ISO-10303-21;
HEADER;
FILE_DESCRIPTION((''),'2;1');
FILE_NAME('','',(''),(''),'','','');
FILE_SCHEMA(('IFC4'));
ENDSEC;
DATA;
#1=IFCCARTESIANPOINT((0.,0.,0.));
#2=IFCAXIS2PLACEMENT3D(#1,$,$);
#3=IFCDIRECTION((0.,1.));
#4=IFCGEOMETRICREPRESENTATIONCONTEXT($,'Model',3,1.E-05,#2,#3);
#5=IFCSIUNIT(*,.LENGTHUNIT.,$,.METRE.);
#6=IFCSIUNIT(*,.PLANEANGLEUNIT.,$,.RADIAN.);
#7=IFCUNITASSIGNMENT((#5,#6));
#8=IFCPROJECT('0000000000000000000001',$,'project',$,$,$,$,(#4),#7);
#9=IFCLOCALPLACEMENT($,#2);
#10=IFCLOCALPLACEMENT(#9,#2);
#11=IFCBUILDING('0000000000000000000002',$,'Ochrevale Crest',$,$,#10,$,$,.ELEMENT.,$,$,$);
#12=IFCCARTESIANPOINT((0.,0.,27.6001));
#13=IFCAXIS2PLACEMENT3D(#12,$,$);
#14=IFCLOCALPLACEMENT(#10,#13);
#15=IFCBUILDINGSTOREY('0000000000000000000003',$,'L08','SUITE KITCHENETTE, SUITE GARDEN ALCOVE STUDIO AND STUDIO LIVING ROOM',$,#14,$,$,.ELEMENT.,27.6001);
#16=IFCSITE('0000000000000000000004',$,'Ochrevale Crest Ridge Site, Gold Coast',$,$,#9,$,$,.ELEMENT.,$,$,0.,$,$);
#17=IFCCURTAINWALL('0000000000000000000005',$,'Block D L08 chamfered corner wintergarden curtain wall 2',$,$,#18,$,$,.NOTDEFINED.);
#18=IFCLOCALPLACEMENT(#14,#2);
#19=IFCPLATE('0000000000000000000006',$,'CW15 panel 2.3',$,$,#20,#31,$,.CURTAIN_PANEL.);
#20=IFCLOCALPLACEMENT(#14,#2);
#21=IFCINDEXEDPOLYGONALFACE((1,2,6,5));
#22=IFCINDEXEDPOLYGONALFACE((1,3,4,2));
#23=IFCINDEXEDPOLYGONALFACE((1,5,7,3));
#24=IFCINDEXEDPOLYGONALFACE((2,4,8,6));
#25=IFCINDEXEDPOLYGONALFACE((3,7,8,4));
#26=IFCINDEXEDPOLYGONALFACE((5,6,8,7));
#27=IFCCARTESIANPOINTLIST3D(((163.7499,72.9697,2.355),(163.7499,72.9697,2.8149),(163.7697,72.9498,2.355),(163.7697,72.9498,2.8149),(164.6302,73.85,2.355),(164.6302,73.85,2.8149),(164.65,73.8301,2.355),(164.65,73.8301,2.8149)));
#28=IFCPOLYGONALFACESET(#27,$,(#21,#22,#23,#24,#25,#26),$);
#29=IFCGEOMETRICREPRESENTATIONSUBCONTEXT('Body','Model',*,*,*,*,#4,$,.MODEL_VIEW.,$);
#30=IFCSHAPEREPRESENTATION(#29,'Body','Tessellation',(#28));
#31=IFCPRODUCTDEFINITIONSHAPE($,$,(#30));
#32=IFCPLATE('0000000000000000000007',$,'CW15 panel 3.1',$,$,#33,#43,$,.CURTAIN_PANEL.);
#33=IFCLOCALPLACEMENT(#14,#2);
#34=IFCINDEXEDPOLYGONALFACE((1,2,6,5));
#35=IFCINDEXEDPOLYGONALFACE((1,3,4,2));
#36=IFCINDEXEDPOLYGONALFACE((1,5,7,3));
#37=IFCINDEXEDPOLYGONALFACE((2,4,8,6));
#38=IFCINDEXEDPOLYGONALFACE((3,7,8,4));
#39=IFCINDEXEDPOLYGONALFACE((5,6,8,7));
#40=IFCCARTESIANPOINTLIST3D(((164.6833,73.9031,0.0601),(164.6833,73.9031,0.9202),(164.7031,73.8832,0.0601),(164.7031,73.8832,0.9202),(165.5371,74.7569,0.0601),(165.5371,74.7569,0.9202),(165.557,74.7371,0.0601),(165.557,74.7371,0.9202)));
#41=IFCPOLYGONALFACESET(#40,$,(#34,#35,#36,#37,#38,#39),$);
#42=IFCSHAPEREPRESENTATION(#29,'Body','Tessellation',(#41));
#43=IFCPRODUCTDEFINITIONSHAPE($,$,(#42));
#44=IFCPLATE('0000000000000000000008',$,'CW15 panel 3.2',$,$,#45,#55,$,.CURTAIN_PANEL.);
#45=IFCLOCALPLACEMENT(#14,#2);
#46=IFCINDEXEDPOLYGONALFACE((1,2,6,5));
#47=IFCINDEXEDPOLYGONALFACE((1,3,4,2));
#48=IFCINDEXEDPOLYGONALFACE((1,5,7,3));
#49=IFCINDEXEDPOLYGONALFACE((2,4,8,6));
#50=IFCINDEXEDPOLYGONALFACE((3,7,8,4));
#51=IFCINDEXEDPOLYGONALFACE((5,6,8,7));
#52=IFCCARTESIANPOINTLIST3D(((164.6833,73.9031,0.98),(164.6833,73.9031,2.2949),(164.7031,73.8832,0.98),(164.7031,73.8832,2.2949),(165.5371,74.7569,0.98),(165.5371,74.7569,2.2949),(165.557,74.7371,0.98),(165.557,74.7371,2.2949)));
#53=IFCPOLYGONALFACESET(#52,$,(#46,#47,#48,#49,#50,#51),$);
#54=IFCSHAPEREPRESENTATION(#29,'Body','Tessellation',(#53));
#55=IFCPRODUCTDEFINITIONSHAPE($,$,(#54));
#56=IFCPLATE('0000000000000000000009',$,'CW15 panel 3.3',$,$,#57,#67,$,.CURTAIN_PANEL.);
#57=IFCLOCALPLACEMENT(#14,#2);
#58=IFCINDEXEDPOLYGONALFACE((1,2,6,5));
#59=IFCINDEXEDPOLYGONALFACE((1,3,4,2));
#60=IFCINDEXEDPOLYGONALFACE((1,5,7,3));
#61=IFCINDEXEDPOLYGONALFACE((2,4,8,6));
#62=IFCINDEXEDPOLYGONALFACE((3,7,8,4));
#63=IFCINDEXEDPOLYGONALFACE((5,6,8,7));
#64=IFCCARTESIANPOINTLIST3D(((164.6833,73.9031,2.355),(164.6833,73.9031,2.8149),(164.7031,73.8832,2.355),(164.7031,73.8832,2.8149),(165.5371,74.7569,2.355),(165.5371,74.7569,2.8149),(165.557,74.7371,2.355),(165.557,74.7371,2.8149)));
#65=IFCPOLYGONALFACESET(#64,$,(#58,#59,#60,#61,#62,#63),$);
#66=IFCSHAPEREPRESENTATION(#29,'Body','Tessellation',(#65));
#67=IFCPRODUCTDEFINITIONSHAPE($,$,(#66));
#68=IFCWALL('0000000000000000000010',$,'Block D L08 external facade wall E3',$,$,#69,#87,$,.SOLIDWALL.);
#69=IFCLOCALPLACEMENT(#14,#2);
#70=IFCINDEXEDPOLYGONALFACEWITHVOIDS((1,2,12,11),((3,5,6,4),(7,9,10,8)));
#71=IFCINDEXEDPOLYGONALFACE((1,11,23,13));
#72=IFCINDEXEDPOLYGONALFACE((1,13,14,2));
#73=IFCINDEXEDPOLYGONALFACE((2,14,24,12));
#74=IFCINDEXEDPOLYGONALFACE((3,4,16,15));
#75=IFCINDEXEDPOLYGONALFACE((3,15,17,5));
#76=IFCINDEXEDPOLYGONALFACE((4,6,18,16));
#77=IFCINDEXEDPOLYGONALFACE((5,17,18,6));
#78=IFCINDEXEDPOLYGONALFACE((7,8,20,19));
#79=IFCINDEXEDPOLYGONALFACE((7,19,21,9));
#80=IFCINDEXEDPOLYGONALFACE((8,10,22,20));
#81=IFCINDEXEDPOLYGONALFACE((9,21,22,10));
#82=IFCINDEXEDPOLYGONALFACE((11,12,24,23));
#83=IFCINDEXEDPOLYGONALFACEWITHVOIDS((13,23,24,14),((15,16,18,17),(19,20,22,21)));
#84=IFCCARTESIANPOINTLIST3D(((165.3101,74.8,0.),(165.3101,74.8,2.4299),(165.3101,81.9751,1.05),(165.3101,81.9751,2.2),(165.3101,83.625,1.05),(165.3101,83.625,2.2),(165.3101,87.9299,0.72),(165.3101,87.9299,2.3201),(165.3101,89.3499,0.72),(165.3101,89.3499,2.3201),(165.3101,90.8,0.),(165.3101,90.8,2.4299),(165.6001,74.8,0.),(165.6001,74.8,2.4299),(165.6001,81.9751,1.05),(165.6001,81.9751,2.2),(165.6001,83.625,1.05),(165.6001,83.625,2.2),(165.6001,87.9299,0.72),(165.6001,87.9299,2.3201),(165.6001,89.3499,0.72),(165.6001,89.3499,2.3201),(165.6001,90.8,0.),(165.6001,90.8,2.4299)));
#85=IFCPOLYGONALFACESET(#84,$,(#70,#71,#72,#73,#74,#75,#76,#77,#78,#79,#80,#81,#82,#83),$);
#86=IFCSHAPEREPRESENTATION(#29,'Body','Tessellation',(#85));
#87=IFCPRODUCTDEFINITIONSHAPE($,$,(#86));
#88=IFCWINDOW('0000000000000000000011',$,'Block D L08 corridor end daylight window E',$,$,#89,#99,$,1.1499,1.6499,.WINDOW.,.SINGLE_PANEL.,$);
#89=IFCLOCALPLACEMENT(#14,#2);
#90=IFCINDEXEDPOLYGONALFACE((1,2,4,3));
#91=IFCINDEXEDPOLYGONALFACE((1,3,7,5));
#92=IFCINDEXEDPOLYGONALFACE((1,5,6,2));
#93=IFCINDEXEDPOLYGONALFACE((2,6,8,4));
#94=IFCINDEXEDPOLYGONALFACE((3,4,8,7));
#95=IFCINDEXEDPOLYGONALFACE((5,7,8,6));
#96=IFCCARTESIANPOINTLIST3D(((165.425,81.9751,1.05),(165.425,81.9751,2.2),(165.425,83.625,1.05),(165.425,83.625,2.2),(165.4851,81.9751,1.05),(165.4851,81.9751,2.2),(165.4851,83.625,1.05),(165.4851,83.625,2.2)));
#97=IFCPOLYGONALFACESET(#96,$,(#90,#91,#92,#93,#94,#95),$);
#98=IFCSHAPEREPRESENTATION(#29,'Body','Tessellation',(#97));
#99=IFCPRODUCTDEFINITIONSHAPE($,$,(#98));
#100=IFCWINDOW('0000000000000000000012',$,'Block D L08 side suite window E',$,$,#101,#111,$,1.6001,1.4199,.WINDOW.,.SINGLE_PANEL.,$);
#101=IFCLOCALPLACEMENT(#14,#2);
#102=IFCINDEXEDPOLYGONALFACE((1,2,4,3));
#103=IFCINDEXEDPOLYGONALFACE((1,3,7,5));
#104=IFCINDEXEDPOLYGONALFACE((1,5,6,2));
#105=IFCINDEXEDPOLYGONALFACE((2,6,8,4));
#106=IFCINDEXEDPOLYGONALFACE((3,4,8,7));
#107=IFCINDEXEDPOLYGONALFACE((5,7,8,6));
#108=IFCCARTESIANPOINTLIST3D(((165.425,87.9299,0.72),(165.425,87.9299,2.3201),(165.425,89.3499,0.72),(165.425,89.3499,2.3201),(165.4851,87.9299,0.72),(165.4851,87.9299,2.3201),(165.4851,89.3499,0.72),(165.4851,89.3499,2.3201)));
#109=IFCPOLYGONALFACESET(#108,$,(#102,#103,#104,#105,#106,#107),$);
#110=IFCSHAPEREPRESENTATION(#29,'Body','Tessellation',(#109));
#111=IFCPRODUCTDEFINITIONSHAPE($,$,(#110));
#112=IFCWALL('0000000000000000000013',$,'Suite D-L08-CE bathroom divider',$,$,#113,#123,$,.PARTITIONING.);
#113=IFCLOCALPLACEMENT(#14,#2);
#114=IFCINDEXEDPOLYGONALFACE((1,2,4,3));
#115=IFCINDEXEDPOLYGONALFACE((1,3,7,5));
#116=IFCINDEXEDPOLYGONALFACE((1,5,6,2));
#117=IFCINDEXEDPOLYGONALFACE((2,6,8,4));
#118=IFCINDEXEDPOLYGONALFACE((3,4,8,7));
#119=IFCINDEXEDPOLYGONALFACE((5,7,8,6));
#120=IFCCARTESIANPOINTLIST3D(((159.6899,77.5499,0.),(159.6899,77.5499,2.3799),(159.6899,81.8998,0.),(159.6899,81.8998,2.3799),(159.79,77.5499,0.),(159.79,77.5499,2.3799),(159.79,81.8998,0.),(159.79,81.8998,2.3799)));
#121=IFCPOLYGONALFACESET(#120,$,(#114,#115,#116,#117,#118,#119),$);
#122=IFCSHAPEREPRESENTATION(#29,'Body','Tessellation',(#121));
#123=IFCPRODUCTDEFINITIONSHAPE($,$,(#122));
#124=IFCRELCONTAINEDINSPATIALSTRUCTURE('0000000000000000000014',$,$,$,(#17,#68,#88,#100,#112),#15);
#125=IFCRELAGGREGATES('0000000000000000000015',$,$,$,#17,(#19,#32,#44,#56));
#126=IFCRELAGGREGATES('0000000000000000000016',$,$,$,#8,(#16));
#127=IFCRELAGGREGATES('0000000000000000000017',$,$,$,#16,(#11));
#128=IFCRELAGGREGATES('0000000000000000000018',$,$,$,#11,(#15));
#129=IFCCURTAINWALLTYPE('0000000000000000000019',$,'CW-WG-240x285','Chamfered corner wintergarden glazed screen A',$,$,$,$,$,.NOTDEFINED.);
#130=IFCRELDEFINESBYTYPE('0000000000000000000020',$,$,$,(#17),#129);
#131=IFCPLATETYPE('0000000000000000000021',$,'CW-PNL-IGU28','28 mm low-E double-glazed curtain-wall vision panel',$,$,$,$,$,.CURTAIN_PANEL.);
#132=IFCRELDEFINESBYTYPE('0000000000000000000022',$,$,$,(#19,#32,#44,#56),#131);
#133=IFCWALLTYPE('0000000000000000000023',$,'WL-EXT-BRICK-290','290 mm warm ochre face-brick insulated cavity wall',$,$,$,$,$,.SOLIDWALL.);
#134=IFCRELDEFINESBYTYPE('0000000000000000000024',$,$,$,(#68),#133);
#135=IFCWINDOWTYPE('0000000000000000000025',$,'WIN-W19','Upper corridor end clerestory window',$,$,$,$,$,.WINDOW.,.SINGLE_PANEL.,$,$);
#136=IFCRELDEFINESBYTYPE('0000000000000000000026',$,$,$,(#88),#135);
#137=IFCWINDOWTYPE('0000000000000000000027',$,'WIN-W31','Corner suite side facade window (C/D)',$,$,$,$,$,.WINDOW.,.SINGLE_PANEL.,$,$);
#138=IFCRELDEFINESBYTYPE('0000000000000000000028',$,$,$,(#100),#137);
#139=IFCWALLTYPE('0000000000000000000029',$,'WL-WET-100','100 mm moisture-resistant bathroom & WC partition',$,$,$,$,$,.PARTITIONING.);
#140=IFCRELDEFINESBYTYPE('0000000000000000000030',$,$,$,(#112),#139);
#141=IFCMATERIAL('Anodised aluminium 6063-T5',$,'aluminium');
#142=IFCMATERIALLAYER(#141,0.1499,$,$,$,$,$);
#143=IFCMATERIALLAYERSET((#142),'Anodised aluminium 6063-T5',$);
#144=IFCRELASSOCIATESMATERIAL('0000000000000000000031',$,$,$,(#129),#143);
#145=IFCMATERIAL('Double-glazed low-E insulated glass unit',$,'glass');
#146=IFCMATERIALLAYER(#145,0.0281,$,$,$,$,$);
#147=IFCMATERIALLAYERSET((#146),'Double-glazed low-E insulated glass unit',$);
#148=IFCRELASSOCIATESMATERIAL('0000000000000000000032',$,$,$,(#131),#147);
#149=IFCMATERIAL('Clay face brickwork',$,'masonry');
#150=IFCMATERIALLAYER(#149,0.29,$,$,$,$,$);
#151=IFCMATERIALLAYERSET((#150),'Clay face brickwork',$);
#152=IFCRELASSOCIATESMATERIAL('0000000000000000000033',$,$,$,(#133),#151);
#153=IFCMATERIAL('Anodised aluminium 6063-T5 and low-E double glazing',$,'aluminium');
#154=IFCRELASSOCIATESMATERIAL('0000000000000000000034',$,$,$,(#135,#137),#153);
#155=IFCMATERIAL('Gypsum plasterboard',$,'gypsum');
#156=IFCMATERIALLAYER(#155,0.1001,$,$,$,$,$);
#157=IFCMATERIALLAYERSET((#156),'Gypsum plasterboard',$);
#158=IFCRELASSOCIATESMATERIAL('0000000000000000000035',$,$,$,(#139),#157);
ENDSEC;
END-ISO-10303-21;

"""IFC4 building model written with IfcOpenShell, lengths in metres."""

from ifc_helpers import new_model, si_unit, direction, frame, frame_2d, origin, origin_2d, place, context, subcontext, project, spatial, rectangle, extrude, material, layer, layer_set, type_object, element, fill, aggregate, save


model = new_model("IFC4")

# Units and contexts
model_context = context("Model", 3, precision=1e-05, world=origin(), true_north=direction((0.0, 1.0)))
body_context = subcontext(model_context, "Body", "Model", "MODEL_VIEW")
ifc_project = project(units=[si_unit("LENGTHUNIT", "METRE"), si_unit("PLANEANGLEUNIT", "RADIAN")], contexts=[model_context])

# Site, building, storey
site_placement = place(None, origin())
site = spatial("IfcSite", under=ifc_project, at=site_placement, Name="Ochrevale Crest Ridge Site, Gold Coast", CompositionType="ELEMENT", RefElevation=0.0)
building_placement = place(site_placement, origin())
building = spatial("IfcBuilding", under=site, at=building_placement, Name="Ochrevale Crest", CompositionType="ELEMENT")
storey_placement = place(building_placement, frame((0.0, 0.0, 27.6001)))
storey = spatial("IfcBuildingStorey", under=building, at=storey_placement, Name="L08", Description="SUITE KITCHENETTE, SUITE GARDEN ALCOVE STUDIO AND STUDIO LIVING ROOM", CompositionType="ELEMENT", Elevation=27.6001)

# Curtain wall, plates
ifc_material_1 = material(Name="Anodised aluminium 6063-T5", Category="aluminium")
ifc_layer_1 = layer(ifc_material_1, 0.1499)
ifc_layer_set_1 = layer_set([ifc_layer_1], Name="Anodised aluminium 6063-T5")
curtain_wall_type = type_object("IfcCurtainWallType", Name="CW-WG-240x285", Description="Chamfered corner wintergarden glazed screen A", PredefinedType="NOTDEFINED", material=ifc_layer_set_1)
curtain_wall_placement = place(storey_placement, origin())
curtain_wall = element("IfcCurtainWall", 1, at=curtain_wall_placement, inside=storey, type_object=curtain_wall_type, Name="Block D L08 chamfered corner wintergarden curtain wall 2", PredefinedType="NOTDEFINED")
ifc_material_2 = material(Name="Double-glazed low-E insulated glass unit", Category="glass")
ifc_layer_2 = layer(ifc_material_2, 0.0281)
ifc_layer_set_2 = layer_set([ifc_layer_2], Name="Double-glazed low-E insulated glass unit")
plate_type = type_object("IfcPlateType", Name="CW-PNL-IGU28", Description="28 mm low-E double-glazed curtain-wall vision panel", PredefinedType="CURTAIN_PANEL", material=ifc_layer_set_2)
plate_1_placement = place(storey_placement, frame((164.2, 73.3999, 2.355), z_axis=(0.0, 0.0, 1.0), x_axis=(0.707107, 0.707107, 0.0)))
plate_1 = element("IfcPlate", 2, at=plate_1_placement, type_object=plate_type, Name="CW15 panel 2.3", PredefinedType="CURTAIN_PANEL", context=body_context, shape_type="SweptSolid", body=[
    extrude(rectangle(XDim=1.2449, YDim=0.0281, at=origin_2d()), origin(), (0.0, 0.0, 1.0), 0.46),
])
plate_2_placement = place(storey_placement, frame((165.1201, 74.3201, 0.0601), z_axis=(0.0, 0.0, 1.0), x_axis=(0.707107, 0.707107, 0.0)))
plate_2 = element("IfcPlate", 3, at=plate_2_placement, type_object=plate_type, Name="CW15 panel 3.1", PredefinedType="CURTAIN_PANEL", context=body_context, shape_type="SweptSolid", body=[
    extrude(rectangle(XDim=1.2075, YDim=0.0281, at=origin_2d()), origin(), (0.0, 0.0, 1.0), 0.8601),
])
plate_3_placement = place(storey_placement, frame((165.1201, 74.3201, 0.98), z_axis=(0.0, 0.0, 1.0), x_axis=(0.707107, 0.707107, 0.0)))
plate_3 = element("IfcPlate", 4, at=plate_3_placement, type_object=plate_type, Name="CW15 panel 3.2", PredefinedType="CURTAIN_PANEL", context=body_context, shape_type="SweptSolid", body=[
    extrude(rectangle(XDim=1.2075, YDim=0.0281, at=origin_2d()), origin(), (0.0, 0.0, 1.0), 1.3149),
])
plate_4_placement = place(storey_placement, frame((165.1201, 74.3201, 2.355), z_axis=(0.0, 0.0, 1.0), x_axis=(0.707107, 0.707107, 0.0)))
plate_4 = element("IfcPlate", 5, at=plate_4_placement, type_object=plate_type, Name="CW15 panel 3.3", PredefinedType="CURTAIN_PANEL", context=body_context, shape_type="SweptSolid", body=[
    extrude(rectangle(XDim=1.2075, YDim=0.0281, at=origin_2d()), origin(), (0.0, 0.0, 1.0), 0.46),
])
aggregate(curtain_wall, [plate_1, plate_2, plate_3, plate_4])

# Wall, openings, windows
ifc_material_3 = material(Name="Clay face brickwork", Category="masonry")
ifc_layer_3 = layer(ifc_material_3, 0.29)
ifc_layer_set_3 = layer_set([ifc_layer_3], Name="Clay face brickwork")
wall_type_1 = type_object("IfcWallType", Name="WL-EXT-BRICK-290", Description="290 mm warm ochre face-brick insulated cavity wall", PredefinedType="SOLIDWALL", material=ifc_layer_set_3)
wall_1_placement = place(storey_placement, frame((165.4551, 74.8, 0.0), z_axis=(0.0, 0.0, 1.0), x_axis=(0.0, 1.0, 0.0)))
wall_1 = element("IfcWall", 6, at=wall_1_placement, inside=storey, type_object=wall_type_1, Name="Block D L08 external facade wall E3", PredefinedType="SOLIDWALL", context=body_context, shape_type="SweptSolid", body=[
    extrude(rectangle(XDim=16.0, YDim=0.29, at=frame_2d((8.0, 0.0))), origin(), (0.0, 0.0, 1.0), 2.4299),
])
opening_1_placement = place(wall_1_placement, frame((7.175, 0.0, 1.05)))
opening_1 = element("IfcOpeningElement", 7, at=opening_1_placement, cuts=wall_1, PredefinedType="OPENING", context=body_context, shape_type="SweptSolid", body=[
    extrude(rectangle(XDim=1.6499, YDim=1.1499, at=frame_2d((0.825, 0.575))), frame((0.0, 0.155, 0.0), z_axis=(0.0, -1.0, 0.0), x_axis=(1.0, 0.0, 0.0)), (0.0, 0.0, 1.0), 0.3101),
])
opening_2_placement = place(wall_1_placement, frame((13.1299, 0.0, 0.72)))
opening_2 = element("IfcOpeningElement", 8, at=opening_2_placement, cuts=wall_1, PredefinedType="OPENING", context=body_context, shape_type="SweptSolid", body=[
    extrude(rectangle(XDim=1.4199, YDim=1.6001, at=frame_2d((0.71, 0.8))), frame((0.0, 0.155, 0.0), z_axis=(0.0, -1.0, 0.0), x_axis=(1.0, 0.0, 0.0)), (0.0, 0.0, 1.0), 0.3101),
])
ifc_material_4 = material(Name="Anodised aluminium 6063-T5 and low-E double glazing", Category="aluminium")
window_type_1 = type_object("IfcWindowType", Name="WIN-W19", Description="Upper corridor end clerestory window", PartitioningType="SINGLE_PANEL", PredefinedType="WINDOW", material=ifc_material_4)
window_1_placement = place(opening_1_placement, origin())
window_1 = element("IfcWindow", 9, at=window_1_placement, inside=storey, type_object=window_type_1, Name="Block D L08 corridor end daylight window E", OverallHeight=1.1499, OverallWidth=1.6499, PartitioningType="SINGLE_PANEL", PredefinedType="WINDOW", context=body_context, shape_type="SweptSolid", body=[
    extrude(rectangle(XDim=1.6499, YDim=1.1499, at=frame_2d((0.825, 0.575))), frame((0.0, 0.03, 0.0), z_axis=(0.0, -1.0, 0.0), x_axis=(1.0, 0.0, 0.0)), (0.0, 0.0, 1.0), 0.0601),
])
fill(opening_1, window_1)
window_type_2 = type_object("IfcWindowType", Name="WIN-W31", Description="Corner suite side facade window (C/D)", PartitioningType="SINGLE_PANEL", PredefinedType="WINDOW", material=ifc_material_4)
window_2_placement = place(opening_2_placement, origin())
window_2 = element("IfcWindow", 10, at=window_2_placement, inside=storey, type_object=window_type_2, Name="Block D L08 side suite window E", OverallHeight=1.6001, OverallWidth=1.4199, PartitioningType="SINGLE_PANEL", PredefinedType="WINDOW", context=body_context, shape_type="SweptSolid", body=[
    extrude(rectangle(XDim=1.4199, YDim=1.6001, at=frame_2d((0.71, 0.8))), frame((0.0, 0.03, 0.0), z_axis=(0.0, -1.0, 0.0), x_axis=(1.0, 0.0, 0.0)), (0.0, 0.0, 1.0), 0.0601),
])
fill(opening_2, window_2)

# Wall
ifc_material_5 = material(Name="Gypsum plasterboard", Category="gypsum")
ifc_layer_4 = layer(ifc_material_5, 0.1001)
ifc_layer_set_4 = layer_set([ifc_layer_4], Name="Gypsum plasterboard")
wall_type_2 = type_object("IfcWallType", Name="WL-WET-100", Description="100 mm moisture-resistant bathroom & WC partition", PredefinedType="PARTITIONING", material=ifc_layer_set_4)
wall_2_placement = place(storey_placement, frame((159.74, 77.55, 0.0), z_axis=(0.0, 0.0, 1.0), x_axis=(0.0, 1.0, 0.0)))
element("IfcWall", 11, at=wall_2_placement, inside=storey, type_object=wall_type_2, Name="Suite D-L08-CE bathroom divider", PredefinedType="PARTITIONING", context=body_context, shape_type="SweptSolid", body=[
    extrude(rectangle(XDim=4.3499, YDim=0.1001, at=frame_2d((2.1748, 0.0))), origin(), (0.0, 0.0, 1.0), 2.3799),
])

save(model, "model.ifc")
